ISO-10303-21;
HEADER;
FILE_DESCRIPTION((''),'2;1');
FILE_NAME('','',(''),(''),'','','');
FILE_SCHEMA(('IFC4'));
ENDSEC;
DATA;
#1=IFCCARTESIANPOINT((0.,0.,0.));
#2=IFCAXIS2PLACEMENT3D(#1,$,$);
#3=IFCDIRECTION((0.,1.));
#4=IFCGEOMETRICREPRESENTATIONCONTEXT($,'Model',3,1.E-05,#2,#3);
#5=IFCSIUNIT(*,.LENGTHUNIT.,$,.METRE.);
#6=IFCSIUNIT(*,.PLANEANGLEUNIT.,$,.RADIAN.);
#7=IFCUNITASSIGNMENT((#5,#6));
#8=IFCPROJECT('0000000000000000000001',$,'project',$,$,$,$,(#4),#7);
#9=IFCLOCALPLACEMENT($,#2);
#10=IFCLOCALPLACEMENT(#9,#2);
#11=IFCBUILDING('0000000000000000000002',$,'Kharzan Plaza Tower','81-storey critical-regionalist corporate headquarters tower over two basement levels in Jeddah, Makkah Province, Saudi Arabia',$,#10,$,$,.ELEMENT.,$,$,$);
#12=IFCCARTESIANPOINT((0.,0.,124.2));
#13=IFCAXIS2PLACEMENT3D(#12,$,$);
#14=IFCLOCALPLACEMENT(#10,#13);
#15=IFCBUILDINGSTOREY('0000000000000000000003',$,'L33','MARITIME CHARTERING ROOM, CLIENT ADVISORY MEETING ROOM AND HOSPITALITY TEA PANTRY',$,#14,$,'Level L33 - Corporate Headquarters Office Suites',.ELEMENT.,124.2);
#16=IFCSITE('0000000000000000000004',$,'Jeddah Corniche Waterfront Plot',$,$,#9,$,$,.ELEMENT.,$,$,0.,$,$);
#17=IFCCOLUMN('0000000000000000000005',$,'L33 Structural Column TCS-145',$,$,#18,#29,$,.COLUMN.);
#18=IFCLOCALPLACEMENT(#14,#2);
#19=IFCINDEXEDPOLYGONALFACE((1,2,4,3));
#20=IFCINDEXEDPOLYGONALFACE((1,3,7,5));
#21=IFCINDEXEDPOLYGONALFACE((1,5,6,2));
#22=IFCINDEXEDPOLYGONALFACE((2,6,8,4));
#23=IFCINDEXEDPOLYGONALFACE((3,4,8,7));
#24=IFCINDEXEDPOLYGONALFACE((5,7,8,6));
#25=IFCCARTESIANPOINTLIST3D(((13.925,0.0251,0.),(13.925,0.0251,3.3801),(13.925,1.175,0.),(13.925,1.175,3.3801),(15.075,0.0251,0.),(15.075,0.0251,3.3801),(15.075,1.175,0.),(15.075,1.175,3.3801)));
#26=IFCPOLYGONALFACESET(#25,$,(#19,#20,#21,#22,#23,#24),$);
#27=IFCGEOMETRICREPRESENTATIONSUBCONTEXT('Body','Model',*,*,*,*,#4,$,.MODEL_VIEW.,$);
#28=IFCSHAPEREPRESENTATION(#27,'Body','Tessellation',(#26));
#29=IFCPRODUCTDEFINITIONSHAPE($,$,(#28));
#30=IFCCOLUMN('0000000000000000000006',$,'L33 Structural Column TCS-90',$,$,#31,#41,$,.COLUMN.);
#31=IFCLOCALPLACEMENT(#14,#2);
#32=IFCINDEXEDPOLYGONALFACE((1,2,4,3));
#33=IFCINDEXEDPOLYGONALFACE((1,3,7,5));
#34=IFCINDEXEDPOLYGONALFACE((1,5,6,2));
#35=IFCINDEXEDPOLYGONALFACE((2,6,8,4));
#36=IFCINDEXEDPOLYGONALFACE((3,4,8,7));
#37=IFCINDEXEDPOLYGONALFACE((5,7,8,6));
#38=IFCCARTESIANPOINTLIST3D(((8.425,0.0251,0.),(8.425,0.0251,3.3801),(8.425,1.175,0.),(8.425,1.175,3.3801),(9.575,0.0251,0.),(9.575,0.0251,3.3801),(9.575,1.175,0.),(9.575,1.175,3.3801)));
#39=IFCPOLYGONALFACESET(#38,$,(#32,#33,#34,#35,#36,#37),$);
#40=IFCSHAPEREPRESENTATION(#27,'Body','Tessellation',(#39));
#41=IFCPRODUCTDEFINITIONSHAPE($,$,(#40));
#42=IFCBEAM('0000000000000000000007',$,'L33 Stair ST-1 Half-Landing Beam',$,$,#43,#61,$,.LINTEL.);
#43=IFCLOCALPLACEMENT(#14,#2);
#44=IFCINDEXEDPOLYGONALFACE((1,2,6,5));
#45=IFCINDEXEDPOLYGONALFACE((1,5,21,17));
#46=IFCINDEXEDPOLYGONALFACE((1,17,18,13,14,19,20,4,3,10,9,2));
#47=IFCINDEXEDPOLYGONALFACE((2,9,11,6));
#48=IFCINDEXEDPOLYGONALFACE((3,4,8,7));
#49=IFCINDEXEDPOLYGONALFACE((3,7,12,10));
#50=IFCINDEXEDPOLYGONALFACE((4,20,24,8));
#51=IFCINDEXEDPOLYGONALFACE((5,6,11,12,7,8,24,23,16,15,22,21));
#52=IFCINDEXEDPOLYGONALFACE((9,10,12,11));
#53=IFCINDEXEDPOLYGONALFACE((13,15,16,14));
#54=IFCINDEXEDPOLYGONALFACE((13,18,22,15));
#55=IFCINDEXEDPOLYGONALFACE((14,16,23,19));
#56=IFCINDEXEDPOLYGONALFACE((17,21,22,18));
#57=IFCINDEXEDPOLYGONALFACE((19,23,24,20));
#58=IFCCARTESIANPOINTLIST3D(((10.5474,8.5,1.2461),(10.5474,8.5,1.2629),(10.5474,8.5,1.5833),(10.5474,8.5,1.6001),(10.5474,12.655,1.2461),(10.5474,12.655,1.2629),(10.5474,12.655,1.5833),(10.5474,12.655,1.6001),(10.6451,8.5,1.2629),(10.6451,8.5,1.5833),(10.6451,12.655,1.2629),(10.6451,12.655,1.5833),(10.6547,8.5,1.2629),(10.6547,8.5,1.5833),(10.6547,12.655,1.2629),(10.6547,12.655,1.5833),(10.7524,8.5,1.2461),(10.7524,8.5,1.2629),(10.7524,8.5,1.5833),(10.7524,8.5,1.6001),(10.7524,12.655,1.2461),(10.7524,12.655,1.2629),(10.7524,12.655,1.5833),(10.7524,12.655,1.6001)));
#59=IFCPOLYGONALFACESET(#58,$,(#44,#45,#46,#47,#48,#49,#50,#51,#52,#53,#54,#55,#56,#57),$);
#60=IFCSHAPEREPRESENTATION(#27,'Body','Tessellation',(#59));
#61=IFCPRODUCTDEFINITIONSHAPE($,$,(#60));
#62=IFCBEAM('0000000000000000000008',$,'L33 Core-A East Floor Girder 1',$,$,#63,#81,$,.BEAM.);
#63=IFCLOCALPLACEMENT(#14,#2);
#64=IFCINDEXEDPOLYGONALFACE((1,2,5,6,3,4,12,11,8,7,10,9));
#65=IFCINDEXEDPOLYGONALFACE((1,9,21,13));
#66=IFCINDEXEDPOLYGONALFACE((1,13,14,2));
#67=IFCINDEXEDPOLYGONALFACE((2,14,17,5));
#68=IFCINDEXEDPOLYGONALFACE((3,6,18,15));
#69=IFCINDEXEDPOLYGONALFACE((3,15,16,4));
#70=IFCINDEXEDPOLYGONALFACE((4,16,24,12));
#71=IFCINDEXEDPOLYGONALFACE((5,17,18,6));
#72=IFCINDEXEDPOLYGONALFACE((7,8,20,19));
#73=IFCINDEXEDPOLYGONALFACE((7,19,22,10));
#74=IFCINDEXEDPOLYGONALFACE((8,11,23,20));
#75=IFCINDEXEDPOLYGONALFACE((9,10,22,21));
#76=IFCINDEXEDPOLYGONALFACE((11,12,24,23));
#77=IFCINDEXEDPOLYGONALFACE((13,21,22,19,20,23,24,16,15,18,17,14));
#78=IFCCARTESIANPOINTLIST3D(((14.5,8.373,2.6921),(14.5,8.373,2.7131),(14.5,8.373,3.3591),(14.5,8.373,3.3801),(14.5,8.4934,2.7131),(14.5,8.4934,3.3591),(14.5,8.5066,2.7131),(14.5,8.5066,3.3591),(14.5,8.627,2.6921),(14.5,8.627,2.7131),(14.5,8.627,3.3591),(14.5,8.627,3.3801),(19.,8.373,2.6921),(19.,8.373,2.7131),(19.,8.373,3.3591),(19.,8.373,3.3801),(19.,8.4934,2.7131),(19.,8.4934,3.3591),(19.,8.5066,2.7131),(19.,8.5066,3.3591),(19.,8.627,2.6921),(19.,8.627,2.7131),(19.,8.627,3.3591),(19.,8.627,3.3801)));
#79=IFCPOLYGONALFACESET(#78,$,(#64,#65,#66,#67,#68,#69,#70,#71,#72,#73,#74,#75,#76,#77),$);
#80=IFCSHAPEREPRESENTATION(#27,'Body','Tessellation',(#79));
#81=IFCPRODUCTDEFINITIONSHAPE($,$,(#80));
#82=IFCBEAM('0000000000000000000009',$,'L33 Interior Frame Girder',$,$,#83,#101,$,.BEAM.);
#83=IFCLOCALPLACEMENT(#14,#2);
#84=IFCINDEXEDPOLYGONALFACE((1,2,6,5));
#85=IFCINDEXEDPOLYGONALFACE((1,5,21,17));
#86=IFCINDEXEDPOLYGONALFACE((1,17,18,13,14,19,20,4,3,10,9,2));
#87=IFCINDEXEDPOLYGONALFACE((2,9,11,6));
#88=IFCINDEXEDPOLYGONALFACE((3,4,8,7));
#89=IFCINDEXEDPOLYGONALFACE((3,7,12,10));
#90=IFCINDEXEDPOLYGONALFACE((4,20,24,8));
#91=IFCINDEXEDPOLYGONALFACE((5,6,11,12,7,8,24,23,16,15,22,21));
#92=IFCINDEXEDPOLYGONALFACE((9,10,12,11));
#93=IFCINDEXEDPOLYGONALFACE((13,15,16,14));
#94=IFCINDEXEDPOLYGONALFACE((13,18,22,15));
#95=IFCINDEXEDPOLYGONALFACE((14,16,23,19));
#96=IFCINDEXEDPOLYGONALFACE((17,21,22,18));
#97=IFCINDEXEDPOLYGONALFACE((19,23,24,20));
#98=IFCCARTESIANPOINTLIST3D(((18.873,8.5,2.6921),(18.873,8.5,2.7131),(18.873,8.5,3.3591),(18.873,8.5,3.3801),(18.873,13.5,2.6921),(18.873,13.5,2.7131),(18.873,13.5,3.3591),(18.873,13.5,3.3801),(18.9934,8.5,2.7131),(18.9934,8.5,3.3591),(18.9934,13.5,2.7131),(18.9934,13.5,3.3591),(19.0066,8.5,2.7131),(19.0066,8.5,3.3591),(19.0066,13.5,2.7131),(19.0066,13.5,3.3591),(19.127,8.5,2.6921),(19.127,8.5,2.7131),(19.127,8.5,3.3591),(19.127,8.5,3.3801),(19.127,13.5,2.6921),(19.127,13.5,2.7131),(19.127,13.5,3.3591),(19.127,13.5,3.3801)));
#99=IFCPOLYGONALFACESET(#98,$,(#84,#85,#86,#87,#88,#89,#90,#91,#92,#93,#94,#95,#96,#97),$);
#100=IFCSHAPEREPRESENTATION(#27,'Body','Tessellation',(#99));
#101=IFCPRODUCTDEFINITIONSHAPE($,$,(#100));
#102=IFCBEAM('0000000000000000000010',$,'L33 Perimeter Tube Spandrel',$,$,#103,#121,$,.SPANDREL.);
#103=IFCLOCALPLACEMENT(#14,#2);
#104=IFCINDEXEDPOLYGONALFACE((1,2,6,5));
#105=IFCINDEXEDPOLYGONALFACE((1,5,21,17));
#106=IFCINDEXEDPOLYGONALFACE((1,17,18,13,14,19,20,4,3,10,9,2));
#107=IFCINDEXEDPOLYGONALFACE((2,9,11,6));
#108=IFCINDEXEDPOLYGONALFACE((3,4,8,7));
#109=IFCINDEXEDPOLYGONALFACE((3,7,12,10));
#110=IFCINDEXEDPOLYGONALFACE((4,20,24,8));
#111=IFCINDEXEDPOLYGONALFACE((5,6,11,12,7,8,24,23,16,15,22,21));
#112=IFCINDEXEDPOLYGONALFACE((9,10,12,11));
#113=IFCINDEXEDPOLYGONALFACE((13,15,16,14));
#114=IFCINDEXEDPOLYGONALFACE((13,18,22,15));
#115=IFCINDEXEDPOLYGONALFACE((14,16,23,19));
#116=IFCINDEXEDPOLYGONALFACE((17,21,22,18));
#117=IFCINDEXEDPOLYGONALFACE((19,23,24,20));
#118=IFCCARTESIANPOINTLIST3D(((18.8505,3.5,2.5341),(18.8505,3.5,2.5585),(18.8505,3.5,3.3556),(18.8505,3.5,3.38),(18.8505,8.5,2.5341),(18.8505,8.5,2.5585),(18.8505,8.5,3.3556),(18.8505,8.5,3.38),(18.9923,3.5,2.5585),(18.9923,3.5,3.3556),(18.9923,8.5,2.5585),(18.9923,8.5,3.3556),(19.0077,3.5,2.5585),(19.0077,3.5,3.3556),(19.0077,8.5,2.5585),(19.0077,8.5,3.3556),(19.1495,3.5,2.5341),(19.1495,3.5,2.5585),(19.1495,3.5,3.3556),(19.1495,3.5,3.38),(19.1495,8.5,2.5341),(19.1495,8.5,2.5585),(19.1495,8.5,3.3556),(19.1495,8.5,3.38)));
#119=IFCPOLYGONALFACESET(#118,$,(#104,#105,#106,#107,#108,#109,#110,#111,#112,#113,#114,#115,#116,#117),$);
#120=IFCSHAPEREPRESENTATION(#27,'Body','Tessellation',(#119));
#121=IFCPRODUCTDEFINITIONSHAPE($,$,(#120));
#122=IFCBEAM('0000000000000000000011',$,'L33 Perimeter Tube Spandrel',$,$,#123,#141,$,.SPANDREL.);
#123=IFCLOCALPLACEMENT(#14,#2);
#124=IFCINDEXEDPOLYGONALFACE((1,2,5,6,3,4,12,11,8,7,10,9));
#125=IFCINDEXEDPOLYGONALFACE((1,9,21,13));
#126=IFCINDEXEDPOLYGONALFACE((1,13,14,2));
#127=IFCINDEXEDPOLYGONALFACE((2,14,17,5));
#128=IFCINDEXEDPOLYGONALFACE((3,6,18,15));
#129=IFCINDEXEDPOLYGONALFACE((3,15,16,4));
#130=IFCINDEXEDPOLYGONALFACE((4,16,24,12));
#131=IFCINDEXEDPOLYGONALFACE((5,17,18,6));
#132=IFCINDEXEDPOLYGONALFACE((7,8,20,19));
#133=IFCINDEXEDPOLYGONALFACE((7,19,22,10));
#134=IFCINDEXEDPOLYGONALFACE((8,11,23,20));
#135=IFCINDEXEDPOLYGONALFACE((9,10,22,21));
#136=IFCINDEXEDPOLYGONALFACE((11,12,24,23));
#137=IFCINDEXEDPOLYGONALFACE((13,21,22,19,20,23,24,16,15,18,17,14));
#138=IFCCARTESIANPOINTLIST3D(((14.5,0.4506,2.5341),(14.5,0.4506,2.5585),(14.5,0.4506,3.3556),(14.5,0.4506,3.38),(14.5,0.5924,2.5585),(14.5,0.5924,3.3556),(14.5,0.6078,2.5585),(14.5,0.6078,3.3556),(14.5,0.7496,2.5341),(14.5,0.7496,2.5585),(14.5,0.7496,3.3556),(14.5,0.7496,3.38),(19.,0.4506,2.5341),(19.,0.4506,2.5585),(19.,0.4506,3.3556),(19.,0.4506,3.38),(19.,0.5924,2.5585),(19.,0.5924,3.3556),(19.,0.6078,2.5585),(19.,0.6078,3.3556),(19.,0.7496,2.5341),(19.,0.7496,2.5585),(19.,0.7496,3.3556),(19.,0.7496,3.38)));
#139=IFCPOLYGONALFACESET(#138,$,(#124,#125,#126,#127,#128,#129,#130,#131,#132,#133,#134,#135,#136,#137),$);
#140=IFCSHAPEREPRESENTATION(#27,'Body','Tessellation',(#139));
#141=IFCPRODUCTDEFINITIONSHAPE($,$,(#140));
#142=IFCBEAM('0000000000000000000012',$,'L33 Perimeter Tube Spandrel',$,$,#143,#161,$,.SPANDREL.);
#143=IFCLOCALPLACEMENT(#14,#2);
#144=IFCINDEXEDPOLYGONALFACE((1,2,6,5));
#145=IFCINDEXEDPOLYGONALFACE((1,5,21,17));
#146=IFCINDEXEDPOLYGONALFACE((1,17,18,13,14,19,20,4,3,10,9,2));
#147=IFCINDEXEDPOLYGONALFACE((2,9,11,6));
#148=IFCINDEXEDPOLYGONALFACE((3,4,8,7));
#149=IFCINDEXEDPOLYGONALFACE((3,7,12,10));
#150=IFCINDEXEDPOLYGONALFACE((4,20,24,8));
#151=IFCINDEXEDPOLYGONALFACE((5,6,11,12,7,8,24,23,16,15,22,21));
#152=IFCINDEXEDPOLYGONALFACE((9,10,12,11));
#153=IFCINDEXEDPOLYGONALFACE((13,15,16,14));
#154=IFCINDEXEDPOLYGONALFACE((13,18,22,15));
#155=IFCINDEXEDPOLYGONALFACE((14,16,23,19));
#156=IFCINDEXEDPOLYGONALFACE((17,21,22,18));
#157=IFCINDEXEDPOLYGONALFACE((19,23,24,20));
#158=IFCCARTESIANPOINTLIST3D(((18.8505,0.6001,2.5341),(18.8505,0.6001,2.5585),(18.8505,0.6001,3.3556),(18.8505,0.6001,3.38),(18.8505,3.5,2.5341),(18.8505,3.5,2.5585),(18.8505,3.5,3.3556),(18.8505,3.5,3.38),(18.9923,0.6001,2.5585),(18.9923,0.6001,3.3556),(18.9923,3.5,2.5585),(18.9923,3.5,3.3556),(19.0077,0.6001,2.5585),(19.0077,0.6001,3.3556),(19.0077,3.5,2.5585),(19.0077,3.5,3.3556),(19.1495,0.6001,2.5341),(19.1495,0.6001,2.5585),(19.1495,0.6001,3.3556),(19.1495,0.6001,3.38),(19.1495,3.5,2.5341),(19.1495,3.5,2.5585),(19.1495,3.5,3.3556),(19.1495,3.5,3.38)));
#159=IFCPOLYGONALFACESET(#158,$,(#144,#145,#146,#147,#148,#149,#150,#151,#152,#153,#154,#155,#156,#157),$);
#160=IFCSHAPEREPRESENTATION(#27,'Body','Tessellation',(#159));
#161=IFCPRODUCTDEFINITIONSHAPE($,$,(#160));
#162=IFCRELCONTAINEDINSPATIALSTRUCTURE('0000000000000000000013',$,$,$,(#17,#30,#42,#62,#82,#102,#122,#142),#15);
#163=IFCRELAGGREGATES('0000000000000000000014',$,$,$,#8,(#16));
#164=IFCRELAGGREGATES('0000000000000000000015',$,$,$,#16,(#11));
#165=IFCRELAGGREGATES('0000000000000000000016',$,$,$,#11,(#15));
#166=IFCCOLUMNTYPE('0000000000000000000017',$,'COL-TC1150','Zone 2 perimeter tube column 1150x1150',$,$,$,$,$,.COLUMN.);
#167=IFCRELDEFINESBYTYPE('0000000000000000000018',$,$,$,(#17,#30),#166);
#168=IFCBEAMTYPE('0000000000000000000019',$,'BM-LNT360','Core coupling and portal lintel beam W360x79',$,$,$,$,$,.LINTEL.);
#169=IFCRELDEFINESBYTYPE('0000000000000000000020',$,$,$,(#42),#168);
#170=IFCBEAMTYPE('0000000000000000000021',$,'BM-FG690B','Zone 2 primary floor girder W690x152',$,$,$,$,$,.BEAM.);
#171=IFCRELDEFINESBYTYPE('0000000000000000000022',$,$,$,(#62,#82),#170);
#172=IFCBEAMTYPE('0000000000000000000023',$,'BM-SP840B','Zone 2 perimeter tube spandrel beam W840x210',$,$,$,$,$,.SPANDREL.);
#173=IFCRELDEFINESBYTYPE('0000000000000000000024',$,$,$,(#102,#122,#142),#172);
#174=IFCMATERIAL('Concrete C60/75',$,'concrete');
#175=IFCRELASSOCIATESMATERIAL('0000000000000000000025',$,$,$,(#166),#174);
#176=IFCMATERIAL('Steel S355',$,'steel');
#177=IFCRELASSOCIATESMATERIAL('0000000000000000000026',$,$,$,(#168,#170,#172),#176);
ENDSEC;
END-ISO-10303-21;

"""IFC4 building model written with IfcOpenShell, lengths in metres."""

from ifc_helpers import new_model, si_unit, direction, frame, origin, origin_2d, place, context, subcontext, project, spatial, rectangle, i_section, extrude, source, transform, mapped, material, material_profile, profile_set, type_object, element, save


model = new_model("IFC4")

# Units and contexts
model_context = context("Model", 3, precision=1e-05, world=origin(), true_north=direction((0.0, 1.0)))
body_context = subcontext(model_context, "Body", "Model", "MODEL_VIEW")
ifc_project = project(units=[si_unit("LENGTHUNIT", "METRE"), si_unit("PLANEANGLEUNIT", "RADIAN")], contexts=[model_context])

# Site, building, storey
site_placement = place(None, origin())
site = spatial("IfcSite", under=ifc_project, at=site_placement, Name="Jeddah Corniche Waterfront Plot", CompositionType="ELEMENT", RefElevation=0.0)
building_placement = place(site_placement, origin())
building = spatial("IfcBuilding", under=site, at=building_placement, Name="Kharzan Plaza Tower", Description="81-storey critical-regionalist corporate headquarters tower over two basement levels in Jeddah, Makkah Province, Saudi Arabia", CompositionType="ELEMENT")
storey_placement = place(building_placement, frame((0.0, 0.0, 124.2)))
storey = spatial("IfcBuildingStorey", under=building, at=storey_placement, Name="L33", Description="MARITIME CHARTERING ROOM, CLIENT ADVISORY MEETING ROOM AND HOSPITALITY TEA PANTRY", LongName="Level L33 - Corporate Headquarters Office Suites", CompositionType="ELEMENT", Elevation=124.2)

# Columns
ifc_material_1 = material(Name="Concrete C60/75", Category="concrete")
ifc_material_profile_1 = material_profile(ifc_material_1, rectangle(XDim=1.1499, YDim=1.1499, at=origin_2d()), Name="RC-TC1150x1150")
ifc_profile_set_1 = profile_set([ifc_material_profile_1], Name="Concrete C60/75")
column_type = type_object("IfcColumnType", Name="COL-TC1150", Description="Zone 2 perimeter tube column 1150x1150", PredefinedType="COLUMN", material=ifc_profile_set_1)
shared_shape_1 = source(origin(), body_context, "Body", "SweptSolid", [
    extrude(rectangle(XDim=1.1499, YDim=1.1499, at=origin_2d()), origin(), (0.0, 0.0, 1.0), 3.3801),
])
for number, where, z_axis, x_axis, name in (
    (1, (14.5, 0.6001, 0.0), (0.0, 0.0, 1.0), (1.0, 0.0, 0.0), "L33 Structural Column TCS-145"),
    (2, (9.0, 0.6001, 0.0), (0.0, 0.0, 1.0), (1.0, 0.0, 0.0), "L33 Structural Column TCS-90"),
):
    element("IfcColumn", number, at=place(storey_placement, frame(where, z_axis=z_axis, x_axis=x_axis)), inside=storey, type_object=column_type, Name=name, PredefinedType="COLUMN", context=body_context, shape_type="MappedRepresentation", body=[
        mapped(shared_shape_1, transform((0.0, 0.0, 0.0), x_axis=(1.0, 0.0, 0.0), y_axis=(0.0, 1.0, 0.0), z_axis=(0.0, 0.0, 1.0))),
    ])

# Beams
ifc_material_2 = material(Name="Steel S355", Category="steel")
ifc_material_profile_2 = material_profile(ifc_material_2, i_section(OverallWidth=0.2051, OverallDepth=0.354, WebThickness=0.0095, FlangeThickness=0.0168, at=origin_2d()), Name="W360x79")
ifc_profile_set_2 = profile_set([ifc_material_profile_2], Name="Steel S355")
beam_type_1 = type_object("IfcBeamType", Name="BM-LNT360", Description="Core coupling and portal lintel beam W360x79", PredefinedType="LINTEL", material=ifc_profile_set_2)
shared_shape_2 = source(origin(), body_context, "Body", "SweptSolid", [
    extrude(i_section(OverallWidth=0.2051, OverallDepth=0.354, WebThickness=0.0095, FlangeThickness=0.0168, at=origin_2d()), origin(), (0.0, 0.0, 1.0), 4.155),
])
beam_1_placement = place(storey_placement, frame((10.6499, 8.5, 1.4231), z_axis=(0.0, 1.0, 0.0), x_axis=(-1.0, 0.0, 0.0)))
element("IfcBeam", 3, at=beam_1_placement, inside=storey, type_object=beam_type_1, Name="L33 Stair ST-1 Half-Landing Beam", PredefinedType="LINTEL", context=body_context, shape_type="MappedRepresentation", body=[
    mapped(shared_shape_2, transform((0.0, 0.0, 0.0), x_axis=(1.0, 0.0, 0.0), y_axis=(0.0, 1.0, 0.0), z_axis=(0.0, 0.0, 1.0))),
])
ifc_material_profile_3 = material_profile(ifc_material_2, i_section(OverallWidth=0.2539, OverallDepth=0.688, WebThickness=0.0132, FlangeThickness=0.021, at=origin_2d()), Name="W690x152")
ifc_profile_set_3 = profile_set([ifc_material_profile_3], Name="Steel S355")
beam_type_2 = type_object("IfcBeamType", Name="BM-FG690B", Description="Zone 2 primary floor girder W690x152", PredefinedType="BEAM", material=ifc_profile_set_3)
shared_shape_3 = source(origin(), body_context, "Body", "SweptSolid", [
    extrude(i_section(OverallWidth=0.2539, OverallDepth=0.688, WebThickness=0.0132, FlangeThickness=0.021, at=origin_2d()), origin(), (0.0, 0.0, 1.0), 4.5),
])
beam_2_placement = place(storey_placement, frame((14.5, 8.5, 3.0361), z_axis=(1.0, 0.0, 0.0), x_axis=(0.0, 1.0, 0.0)))
element("IfcBeam", 4, at=beam_2_placement, inside=storey, type_object=beam_type_2, Name="L33 Core-A East Floor Girder 1", PredefinedType="BEAM", context=body_context, shape_type="MappedRepresentation", body=[
    mapped(shared_shape_3, transform((0.0, 0.0, 0.0), x_axis=(1.0, 0.0, 0.0), y_axis=(0.0, 1.0, 0.0), z_axis=(0.0, 0.0, 1.0))),
])
shared_shape_4 = source(origin(), body_context, "Body", "SweptSolid", [
    extrude(i_section(OverallWidth=0.2539, OverallDepth=0.688, WebThickness=0.0132, FlangeThickness=0.021, at=origin_2d()), origin(), (0.0, 0.0, 1.0), 5.0),
])
beam_3_placement = place(storey_placement, frame((19.0, 8.5, 3.0361), z_axis=(0.0, 1.0, 0.0), x_axis=(-1.0, 0.0, 0.0)))
element("IfcBeam", 5, at=beam_3_placement, inside=storey, type_object=beam_type_2, Name="L33 Interior Frame Girder", PredefinedType="BEAM", context=body_context, shape_type="MappedRepresentation", body=[
    mapped(shared_shape_4, transform((0.0, 0.0, 0.0), x_axis=(1.0, 0.0, 0.0), y_axis=(0.0, 1.0, 0.0), z_axis=(0.0, 0.0, 1.0))),
])
ifc_material_profile_4 = material_profile(ifc_material_2, i_section(OverallWidth=0.2991, OverallDepth=0.8459, WebThickness=0.0154, FlangeThickness=0.0244, at=origin_2d()), Name="W840x210")
ifc_profile_set_4 = profile_set([ifc_material_profile_4], Name="Steel S355")
beam_type_3 = type_object("IfcBeamType", Name="BM-SP840B", Description="Zone 2 perimeter tube spandrel beam W840x210", PredefinedType="SPANDREL", material=ifc_profile_set_4)
shared_shape_5 = source(origin(), body_context, "Body", "SweptSolid", [
    extrude(i_section(OverallWidth=0.2991, OverallDepth=0.8459, WebThickness=0.0154, FlangeThickness=0.0244, at=origin_2d()), origin(), (0.0, 0.0, 1.0), 5.0),
])
beam_4_placement = place(storey_placement, frame((19.0, 3.5, 2.957), z_axis=(0.0, 1.0, 0.0), x_axis=(-1.0, 0.0, 0.0)))
element("IfcBeam", 6, at=beam_4_placement, inside=storey, type_object=beam_type_3, Name="L33 Perimeter Tube Spandrel", PredefinedType="SPANDREL", context=body_context, shape_type="MappedRepresentation", body=[
    mapped(shared_shape_5, transform((0.0, 0.0, 0.0), x_axis=(1.0, 0.0, 0.0), y_axis=(0.0, 1.0, 0.0), z_axis=(0.0, 0.0, 1.0))),
])
shared_shape_6 = source(origin(), body_context, "Body", "SweptSolid", [
    extrude(i_section(OverallWidth=0.2991, OverallDepth=0.8459, WebThickness=0.0154, FlangeThickness=0.0244, at=origin_2d()), origin(), (0.0, 0.0, 1.0), 4.5),
])
beam_5_placement = place(storey_placement, frame((14.5, 0.6001, 2.957), z_axis=(1.0, 0.0, 0.0), x_axis=(0.0, 1.0, 0.0)))
element("IfcBeam", 7, at=beam_5_placement, inside=storey, type_object=beam_type_3, Name="L33 Perimeter Tube Spandrel", PredefinedType="SPANDREL", context=body_context, shape_type="MappedRepresentation", body=[
    mapped(shared_shape_6, transform((0.0, 0.0, 0.0), x_axis=(1.0, 0.0, 0.0), y_axis=(0.0, 1.0, 0.0), z_axis=(0.0, 0.0, 1.0))),
])
shared_shape_7 = source(origin(), body_context, "Body", "SweptSolid", [
    extrude(i_section(OverallWidth=0.2991, OverallDepth=0.8459, WebThickness=0.0154, FlangeThickness=0.0244, at=origin_2d()), origin(), (0.0, 0.0, 1.0), 2.8999),
])
beam_6_placement = place(storey_placement, frame((19.0, 0.6001, 2.957), z_axis=(0.0, 1.0, 0.0), x_axis=(-1.0, 0.0, 0.0)))
element("IfcBeam", 8, at=beam_6_placement, inside=storey, type_object=beam_type_3, Name="L33 Perimeter Tube Spandrel", PredefinedType="SPANDREL", context=body_context, shape_type="MappedRepresentation", body=[
    mapped(shared_shape_7, transform((0.0, 0.0, 0.0), x_axis=(1.0, 0.0, 0.0), y_axis=(0.0, 1.0, 0.0), z_axis=(0.0, 0.0, 1.0))),
])

save(model, "model.ifc")
